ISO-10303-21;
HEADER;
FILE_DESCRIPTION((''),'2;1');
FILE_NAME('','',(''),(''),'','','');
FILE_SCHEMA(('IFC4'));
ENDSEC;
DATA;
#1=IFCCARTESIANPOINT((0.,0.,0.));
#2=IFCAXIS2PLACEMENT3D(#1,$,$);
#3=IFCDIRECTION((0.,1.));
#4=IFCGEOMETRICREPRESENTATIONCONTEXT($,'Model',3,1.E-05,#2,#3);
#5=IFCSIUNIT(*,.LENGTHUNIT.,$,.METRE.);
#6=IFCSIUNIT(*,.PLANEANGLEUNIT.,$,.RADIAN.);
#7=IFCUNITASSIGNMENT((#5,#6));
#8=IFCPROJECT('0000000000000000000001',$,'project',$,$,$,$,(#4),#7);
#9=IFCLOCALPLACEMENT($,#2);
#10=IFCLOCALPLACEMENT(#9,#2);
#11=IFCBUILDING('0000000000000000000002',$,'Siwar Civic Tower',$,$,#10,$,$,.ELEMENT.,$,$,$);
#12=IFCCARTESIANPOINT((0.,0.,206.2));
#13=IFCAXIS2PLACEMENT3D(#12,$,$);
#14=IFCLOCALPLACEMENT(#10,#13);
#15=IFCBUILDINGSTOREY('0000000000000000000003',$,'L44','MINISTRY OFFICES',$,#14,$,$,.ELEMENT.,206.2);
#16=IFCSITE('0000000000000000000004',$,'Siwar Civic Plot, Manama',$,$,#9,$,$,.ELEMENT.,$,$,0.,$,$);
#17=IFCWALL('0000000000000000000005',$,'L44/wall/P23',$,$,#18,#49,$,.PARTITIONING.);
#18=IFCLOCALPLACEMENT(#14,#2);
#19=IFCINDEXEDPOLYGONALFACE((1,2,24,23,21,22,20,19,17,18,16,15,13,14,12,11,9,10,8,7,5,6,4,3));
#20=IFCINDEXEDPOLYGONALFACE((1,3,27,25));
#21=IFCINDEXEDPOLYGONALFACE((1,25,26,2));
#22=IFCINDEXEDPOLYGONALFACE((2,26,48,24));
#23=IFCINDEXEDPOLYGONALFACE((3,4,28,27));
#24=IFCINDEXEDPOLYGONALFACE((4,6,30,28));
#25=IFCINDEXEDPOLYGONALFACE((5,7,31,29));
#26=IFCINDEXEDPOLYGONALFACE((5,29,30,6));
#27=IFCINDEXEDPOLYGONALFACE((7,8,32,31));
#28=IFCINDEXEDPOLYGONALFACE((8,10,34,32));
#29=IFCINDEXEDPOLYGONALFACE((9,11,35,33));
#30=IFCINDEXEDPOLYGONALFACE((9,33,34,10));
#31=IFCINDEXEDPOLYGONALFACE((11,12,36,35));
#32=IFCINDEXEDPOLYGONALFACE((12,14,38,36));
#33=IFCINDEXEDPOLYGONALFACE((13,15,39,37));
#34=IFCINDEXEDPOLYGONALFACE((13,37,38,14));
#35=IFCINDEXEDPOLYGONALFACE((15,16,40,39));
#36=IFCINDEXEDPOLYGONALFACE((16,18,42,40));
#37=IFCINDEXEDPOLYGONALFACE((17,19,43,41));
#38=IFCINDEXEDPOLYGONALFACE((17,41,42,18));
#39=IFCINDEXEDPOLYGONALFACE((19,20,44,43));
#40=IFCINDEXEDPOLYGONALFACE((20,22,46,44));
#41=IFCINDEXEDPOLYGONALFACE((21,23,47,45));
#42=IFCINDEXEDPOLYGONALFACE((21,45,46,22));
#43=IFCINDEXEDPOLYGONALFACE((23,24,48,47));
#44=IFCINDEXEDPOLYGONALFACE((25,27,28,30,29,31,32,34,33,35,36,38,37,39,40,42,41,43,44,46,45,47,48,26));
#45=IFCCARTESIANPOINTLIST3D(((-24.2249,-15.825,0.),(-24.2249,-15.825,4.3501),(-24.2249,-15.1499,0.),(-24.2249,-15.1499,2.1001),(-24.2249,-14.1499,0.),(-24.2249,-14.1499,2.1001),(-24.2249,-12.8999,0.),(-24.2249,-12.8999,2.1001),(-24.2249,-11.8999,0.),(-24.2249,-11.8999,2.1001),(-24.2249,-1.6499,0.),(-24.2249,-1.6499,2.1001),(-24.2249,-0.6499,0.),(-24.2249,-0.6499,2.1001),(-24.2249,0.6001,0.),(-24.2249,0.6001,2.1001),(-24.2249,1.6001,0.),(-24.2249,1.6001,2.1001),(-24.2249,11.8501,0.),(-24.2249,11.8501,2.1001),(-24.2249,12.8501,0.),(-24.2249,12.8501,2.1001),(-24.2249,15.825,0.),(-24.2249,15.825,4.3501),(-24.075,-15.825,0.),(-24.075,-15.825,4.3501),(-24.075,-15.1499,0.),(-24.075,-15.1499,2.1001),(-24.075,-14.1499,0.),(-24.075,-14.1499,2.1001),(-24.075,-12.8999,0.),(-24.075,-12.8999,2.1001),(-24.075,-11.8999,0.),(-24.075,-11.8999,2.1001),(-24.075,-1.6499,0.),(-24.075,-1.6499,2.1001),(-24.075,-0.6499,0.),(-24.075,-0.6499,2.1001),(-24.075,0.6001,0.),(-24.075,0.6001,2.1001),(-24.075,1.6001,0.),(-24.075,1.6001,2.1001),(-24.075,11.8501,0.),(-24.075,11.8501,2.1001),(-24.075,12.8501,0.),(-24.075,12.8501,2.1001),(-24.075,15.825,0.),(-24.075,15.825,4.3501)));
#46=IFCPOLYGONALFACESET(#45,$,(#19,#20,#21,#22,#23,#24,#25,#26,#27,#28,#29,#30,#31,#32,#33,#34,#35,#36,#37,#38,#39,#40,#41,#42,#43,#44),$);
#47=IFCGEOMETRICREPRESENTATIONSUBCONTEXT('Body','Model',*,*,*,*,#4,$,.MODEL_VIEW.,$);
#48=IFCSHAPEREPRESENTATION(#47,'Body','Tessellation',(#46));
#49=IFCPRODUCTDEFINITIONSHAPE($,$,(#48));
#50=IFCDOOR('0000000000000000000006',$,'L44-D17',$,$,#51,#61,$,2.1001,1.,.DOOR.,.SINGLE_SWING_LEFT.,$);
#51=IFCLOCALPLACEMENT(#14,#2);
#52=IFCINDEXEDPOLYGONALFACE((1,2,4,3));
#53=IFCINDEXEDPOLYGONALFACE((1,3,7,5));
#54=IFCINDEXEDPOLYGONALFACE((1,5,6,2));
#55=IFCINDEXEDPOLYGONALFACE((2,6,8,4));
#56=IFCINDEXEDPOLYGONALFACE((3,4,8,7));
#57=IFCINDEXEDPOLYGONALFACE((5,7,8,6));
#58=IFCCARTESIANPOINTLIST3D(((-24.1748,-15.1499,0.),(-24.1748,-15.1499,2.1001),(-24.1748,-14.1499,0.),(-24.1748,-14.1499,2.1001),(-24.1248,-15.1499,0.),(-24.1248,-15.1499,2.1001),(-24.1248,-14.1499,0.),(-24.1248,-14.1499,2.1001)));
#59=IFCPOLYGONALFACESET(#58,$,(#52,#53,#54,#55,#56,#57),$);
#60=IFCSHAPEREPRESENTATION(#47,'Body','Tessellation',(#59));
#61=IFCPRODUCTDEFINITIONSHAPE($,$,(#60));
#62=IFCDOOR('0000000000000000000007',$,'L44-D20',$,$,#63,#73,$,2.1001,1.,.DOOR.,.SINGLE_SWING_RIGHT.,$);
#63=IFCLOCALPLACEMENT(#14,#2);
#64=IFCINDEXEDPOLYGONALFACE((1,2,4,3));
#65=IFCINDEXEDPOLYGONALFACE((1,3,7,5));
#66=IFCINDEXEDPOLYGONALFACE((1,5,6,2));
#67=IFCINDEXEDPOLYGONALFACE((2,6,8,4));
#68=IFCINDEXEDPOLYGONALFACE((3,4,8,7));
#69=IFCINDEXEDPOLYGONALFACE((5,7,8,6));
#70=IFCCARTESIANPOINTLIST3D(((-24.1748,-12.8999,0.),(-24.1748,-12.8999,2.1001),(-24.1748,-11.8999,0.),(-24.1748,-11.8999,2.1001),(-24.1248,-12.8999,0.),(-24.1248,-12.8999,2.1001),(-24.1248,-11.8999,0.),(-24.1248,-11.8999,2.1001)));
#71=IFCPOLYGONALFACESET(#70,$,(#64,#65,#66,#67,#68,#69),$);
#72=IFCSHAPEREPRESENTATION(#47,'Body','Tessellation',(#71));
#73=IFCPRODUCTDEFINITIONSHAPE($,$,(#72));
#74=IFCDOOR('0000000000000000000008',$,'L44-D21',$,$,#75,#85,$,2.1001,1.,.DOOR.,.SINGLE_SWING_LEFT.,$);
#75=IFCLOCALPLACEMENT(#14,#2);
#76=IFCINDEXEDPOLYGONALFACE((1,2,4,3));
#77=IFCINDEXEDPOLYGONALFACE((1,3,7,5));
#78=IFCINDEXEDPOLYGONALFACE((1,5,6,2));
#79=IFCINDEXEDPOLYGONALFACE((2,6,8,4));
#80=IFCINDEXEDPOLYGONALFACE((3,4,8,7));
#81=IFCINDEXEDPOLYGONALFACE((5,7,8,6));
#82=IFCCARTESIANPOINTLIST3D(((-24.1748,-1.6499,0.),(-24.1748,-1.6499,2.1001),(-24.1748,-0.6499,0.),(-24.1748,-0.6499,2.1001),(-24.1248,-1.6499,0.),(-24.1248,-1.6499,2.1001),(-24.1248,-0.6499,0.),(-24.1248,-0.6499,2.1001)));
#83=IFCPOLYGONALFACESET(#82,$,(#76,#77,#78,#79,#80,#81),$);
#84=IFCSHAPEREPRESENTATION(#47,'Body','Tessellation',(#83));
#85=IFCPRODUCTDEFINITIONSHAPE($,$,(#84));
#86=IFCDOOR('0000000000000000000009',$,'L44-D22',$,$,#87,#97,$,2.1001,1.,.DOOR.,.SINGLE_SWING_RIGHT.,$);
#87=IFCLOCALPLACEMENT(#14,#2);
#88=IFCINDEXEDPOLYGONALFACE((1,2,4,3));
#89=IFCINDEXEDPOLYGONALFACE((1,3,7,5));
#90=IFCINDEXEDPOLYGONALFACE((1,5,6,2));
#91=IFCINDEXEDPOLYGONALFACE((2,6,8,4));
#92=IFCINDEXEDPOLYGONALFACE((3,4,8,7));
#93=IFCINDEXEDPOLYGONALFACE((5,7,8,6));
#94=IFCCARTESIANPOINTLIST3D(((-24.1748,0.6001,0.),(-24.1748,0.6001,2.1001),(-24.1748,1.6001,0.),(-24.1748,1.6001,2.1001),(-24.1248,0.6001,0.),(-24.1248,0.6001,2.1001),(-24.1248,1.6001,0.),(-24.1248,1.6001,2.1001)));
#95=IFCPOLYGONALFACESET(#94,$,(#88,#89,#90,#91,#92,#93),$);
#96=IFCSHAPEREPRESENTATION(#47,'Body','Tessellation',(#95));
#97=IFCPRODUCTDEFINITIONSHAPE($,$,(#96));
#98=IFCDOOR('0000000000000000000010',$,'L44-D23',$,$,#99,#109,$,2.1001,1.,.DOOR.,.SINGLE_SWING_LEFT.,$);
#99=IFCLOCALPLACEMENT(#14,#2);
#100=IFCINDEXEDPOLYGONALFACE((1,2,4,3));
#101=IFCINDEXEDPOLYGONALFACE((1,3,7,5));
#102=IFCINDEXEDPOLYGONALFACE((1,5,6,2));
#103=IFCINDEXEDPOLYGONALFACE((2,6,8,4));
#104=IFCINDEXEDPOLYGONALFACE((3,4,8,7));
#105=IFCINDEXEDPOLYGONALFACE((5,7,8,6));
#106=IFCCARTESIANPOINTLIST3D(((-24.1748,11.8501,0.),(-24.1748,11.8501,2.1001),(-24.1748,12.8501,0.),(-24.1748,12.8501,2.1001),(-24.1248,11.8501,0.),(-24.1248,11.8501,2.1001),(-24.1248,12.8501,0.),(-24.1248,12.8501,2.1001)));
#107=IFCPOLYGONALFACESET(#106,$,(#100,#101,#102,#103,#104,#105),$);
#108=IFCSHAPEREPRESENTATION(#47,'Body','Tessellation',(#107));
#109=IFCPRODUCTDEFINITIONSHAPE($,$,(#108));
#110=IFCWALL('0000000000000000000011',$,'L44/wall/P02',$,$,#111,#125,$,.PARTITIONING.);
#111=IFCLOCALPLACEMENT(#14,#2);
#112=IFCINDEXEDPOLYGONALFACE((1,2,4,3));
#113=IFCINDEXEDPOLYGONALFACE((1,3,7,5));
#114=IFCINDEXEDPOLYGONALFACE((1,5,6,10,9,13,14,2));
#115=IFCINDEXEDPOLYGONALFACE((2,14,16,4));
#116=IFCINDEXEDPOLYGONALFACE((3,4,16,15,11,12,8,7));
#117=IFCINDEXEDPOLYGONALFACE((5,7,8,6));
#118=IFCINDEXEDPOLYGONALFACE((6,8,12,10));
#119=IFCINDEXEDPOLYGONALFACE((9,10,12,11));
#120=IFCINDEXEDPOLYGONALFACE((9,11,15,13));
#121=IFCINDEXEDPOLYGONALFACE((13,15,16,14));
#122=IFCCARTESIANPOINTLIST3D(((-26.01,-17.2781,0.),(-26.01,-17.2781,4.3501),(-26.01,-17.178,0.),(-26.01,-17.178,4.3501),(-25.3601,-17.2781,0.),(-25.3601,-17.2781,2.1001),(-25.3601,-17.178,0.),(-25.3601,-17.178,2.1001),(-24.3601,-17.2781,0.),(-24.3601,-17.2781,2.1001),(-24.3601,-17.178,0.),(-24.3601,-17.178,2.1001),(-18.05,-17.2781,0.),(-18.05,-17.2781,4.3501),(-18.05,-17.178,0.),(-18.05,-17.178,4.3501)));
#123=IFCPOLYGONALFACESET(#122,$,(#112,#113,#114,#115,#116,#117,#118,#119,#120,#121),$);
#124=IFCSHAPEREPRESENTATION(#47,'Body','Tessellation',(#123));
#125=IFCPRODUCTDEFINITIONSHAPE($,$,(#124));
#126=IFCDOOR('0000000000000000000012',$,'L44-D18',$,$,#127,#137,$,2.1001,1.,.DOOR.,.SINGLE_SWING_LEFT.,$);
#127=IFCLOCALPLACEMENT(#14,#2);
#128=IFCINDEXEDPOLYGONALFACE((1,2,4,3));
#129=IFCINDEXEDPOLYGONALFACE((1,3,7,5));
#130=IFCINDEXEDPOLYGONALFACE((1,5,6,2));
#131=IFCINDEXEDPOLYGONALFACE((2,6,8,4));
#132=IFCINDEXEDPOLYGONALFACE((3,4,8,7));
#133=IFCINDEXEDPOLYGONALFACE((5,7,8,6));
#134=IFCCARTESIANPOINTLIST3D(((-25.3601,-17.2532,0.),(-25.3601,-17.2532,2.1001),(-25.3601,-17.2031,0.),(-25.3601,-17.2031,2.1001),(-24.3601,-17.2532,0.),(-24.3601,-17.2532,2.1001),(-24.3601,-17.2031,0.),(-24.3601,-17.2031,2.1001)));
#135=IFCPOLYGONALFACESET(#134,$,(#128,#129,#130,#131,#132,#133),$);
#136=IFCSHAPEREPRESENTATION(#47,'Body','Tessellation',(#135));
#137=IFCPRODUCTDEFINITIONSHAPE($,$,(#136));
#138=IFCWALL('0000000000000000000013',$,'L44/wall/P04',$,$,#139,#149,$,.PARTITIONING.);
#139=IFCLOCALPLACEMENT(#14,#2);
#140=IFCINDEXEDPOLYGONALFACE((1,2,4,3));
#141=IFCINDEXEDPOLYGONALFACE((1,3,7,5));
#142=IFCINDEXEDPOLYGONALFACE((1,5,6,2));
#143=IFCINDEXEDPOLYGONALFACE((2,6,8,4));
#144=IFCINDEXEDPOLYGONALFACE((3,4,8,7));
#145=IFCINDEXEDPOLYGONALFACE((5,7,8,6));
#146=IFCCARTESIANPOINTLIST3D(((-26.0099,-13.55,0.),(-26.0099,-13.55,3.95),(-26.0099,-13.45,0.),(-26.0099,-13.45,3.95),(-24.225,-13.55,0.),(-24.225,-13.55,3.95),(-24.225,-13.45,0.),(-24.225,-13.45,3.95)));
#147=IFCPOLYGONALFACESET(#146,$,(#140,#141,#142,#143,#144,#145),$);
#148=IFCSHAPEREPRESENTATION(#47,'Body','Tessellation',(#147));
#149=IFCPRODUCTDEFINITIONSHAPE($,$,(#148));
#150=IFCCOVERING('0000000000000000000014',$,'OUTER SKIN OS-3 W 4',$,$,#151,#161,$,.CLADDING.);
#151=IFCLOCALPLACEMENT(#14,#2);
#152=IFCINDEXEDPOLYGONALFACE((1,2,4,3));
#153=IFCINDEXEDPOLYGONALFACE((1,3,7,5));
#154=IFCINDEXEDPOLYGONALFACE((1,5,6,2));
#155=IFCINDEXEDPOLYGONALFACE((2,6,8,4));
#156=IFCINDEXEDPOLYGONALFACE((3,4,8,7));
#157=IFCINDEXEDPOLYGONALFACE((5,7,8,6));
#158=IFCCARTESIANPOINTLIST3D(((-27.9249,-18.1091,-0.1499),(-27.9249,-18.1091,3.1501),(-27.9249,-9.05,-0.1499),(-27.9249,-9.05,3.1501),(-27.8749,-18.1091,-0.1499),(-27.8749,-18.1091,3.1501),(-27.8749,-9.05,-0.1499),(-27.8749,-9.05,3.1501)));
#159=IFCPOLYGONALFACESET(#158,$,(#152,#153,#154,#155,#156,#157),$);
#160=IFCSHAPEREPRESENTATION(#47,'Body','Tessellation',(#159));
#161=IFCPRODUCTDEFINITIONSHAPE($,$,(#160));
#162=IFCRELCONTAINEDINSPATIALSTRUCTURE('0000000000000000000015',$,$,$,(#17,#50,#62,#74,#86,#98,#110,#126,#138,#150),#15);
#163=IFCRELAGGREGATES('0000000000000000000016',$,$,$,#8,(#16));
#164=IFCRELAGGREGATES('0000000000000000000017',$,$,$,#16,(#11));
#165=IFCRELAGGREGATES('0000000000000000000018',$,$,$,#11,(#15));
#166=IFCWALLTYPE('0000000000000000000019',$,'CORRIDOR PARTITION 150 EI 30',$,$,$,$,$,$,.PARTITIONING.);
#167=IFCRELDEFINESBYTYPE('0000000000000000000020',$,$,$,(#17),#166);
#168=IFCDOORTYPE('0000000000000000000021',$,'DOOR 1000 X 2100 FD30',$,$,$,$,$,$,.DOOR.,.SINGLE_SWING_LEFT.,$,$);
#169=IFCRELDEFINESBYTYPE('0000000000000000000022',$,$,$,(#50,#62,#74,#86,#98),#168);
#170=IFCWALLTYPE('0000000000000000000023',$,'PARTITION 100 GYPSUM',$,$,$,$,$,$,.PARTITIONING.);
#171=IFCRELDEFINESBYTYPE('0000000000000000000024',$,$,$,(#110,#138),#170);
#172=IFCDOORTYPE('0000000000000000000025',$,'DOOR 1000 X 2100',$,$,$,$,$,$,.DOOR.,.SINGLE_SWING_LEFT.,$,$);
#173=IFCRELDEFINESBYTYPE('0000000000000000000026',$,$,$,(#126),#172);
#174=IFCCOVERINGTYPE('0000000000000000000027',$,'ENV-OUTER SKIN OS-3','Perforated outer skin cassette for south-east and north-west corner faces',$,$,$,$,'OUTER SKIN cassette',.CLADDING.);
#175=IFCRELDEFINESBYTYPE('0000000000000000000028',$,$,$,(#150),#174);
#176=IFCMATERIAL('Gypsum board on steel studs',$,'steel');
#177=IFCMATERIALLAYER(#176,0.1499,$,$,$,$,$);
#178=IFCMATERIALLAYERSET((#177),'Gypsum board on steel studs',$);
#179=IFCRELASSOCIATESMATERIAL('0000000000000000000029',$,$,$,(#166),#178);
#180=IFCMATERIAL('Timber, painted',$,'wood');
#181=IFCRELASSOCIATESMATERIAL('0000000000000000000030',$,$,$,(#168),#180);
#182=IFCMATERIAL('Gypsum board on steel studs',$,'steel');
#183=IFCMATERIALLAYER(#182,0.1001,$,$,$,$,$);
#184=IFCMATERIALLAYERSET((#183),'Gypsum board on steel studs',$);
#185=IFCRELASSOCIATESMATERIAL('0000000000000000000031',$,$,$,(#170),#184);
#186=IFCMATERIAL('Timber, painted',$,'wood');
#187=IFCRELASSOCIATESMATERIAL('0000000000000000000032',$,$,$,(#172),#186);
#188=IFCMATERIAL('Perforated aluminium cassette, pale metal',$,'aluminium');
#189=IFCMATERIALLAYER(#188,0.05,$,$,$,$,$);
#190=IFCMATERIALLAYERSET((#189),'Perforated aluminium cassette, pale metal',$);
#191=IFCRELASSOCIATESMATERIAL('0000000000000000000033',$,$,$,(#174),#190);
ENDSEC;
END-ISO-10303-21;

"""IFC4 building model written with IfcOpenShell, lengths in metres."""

from ifc_helpers import new_model, si_unit, direction, frame, frame_2d, origin, origin_2d, place, context, subcontext, project, spatial, rectangle, extrude, material, layer, layer_set, type_object, element, fill, save


model = new_model("IFC4")

# Units and contexts
model_context = context("Model", 3, precision=1e-05, world=origin(), true_north=direction((0.0, 1.0)))
body_context = subcontext(model_context, "Body", "Model", "MODEL_VIEW")
ifc_project = project(units=[si_unit("LENGTHUNIT", "METRE"), si_unit("PLANEANGLEUNIT", "RADIAN")], contexts=[model_context])

# Site, building, storey
site_placement = place(None, origin())
site = spatial("IfcSite", under=ifc_project, at=site_placement, Name="Siwar Civic Plot, Manama", CompositionType="ELEMENT", RefElevation=0.0)
building_placement = place(site_placement, origin())
building = spatial("IfcBuilding", under=site, at=building_placement, Name="Siwar Civic Tower", CompositionType="ELEMENT")
storey_placement = place(building_placement, frame((0.0, 0.0, 206.2)))
storey = spatial("IfcBuildingStorey", under=building, at=storey_placement, Name="L44", Description="MINISTRY OFFICES", CompositionType="ELEMENT", Elevation=206.2)

# Wall, openings, doors
ifc_material_1 = material(Name="Gypsum board on steel studs", Category="steel")
ifc_layer_1 = layer(ifc_material_1, 0.1499)
ifc_layer_set_1 = layer_set([ifc_layer_1], Name="Gypsum board on steel studs")
wall_type_1 = type_object("IfcWallType", Name="CORRIDOR PARTITION 150 EI 30", PredefinedType="PARTITIONING", material=ifc_layer_set_1)
ifc_material_2 = material(Name="Timber, painted", Category="wood")
door_type_1 = type_object("IfcDoorType", Name="DOOR 1000 X 2100 FD30", OperationType="SINGLE_SWING_LEFT", PredefinedType="DOOR", material=ifc_material_2)
wall_1_placement = place(storey_placement, frame((-24.1499, -15.825, 0.0), z_axis=(0.0, 0.0, 1.0), x_axis=(0.0, 1.0, 0.0)))
wall_1 = element("IfcWall", 1, at=wall_1_placement, inside=storey, type_object=wall_type_1, Name="L44/wall/P23", PredefinedType="PARTITIONING", context=body_context, shape_type="SweptSolid", body=[
    extrude(rectangle(XDim=31.6499, YDim=0.1499, at=frame_2d((15.825, 0.0))), origin(), (0.0, 0.0, 1.0), 4.3501),
])
opening_1_placement = place(wall_1_placement, frame((0.675, 0.0, 0.0)))
opening_1 = element("IfcOpeningElement", 2, at=opening_1_placement, cuts=wall_1, PredefinedType="OPENING", context=body_context, shape_type="SweptSolid", body=[
    extrude(rectangle(XDim=1.0, YDim=2.1001, at=frame_2d((0.5, 1.05))), frame((0.0, 0.085, 0.0), z_axis=(0.0, -1.0, 0.0), x_axis=(1.0, 0.0, 0.0)), (0.0, 0.0, 1.0), 0.1699),
])
opening_2_placement = place(wall_1_placement, frame((2.925, 0.0, 0.0)))
opening_2 = element("IfcOpeningElement", 3, at=opening_2_placement, cuts=wall_1, PredefinedType="OPENING", context=body_context, shape_type="SweptSolid", body=[
    extrude(rectangle(XDim=1.0, YDim=2.1001, at=frame_2d((0.5, 1.05))), frame((0.0, 0.085, 0.0), z_axis=(0.0, -1.0, 0.0), x_axis=(1.0, 0.0, 0.0)), (0.0, 0.0, 1.0), 0.1699),
])
opening_3_placement = place(wall_1_placement, frame((14.175, 0.0, 0.0)))
opening_3 = element("IfcOpeningElement", 4, at=opening_3_placement, cuts=wall_1, PredefinedType="OPENING", context=body_context, shape_type="SweptSolid", body=[
    extrude(rectangle(XDim=1.0, YDim=2.1001, at=frame_2d((0.5, 1.05))), frame((0.0, 0.085, 0.0), z_axis=(0.0, -1.0, 0.0), x_axis=(1.0, 0.0, 0.0)), (0.0, 0.0, 1.0), 0.1699),
])
opening_4_placement = place(wall_1_placement, frame((16.425, 0.0, 0.0)))
opening_4 = element("IfcOpeningElement", 5, at=opening_4_placement, cuts=wall_1, PredefinedType="OPENING", context=body_context, shape_type="SweptSolid", body=[
    extrude(rectangle(XDim=1.0, YDim=2.1001, at=frame_2d((0.5, 1.05))), frame((0.0, 0.085, 0.0), z_axis=(0.0, -1.0, 0.0), x_axis=(1.0, 0.0, 0.0)), (0.0, 0.0, 1.0), 0.1699),
])
opening_5_placement = place(wall_1_placement, frame((27.675, 0.0, 0.0)))
opening_5 = element("IfcOpeningElement", 6, at=opening_5_placement, cuts=wall_1, PredefinedType="OPENING", context=body_context, shape_type="SweptSolid", body=[
    extrude(rectangle(XDim=1.0, YDim=2.1001, at=frame_2d((0.5, 1.05))), frame((0.0, 0.085, 0.0), z_axis=(0.0, -1.0, 0.0), x_axis=(1.0, 0.0, 0.0)), (0.0, 0.0, 1.0), 0.1699),
])
door_1_placement = place(opening_1_placement, origin())
door_1 = element("IfcDoor", 7, at=door_1_placement, inside=storey, type_object=door_type_1, Name="L44-D17", OperationType="SINGLE_SWING_LEFT", OverallHeight=2.1001, OverallWidth=1.0, PredefinedType="DOOR", context=body_context, shape_type="SweptSolid", body=[
    extrude(rectangle(XDim=1.0, YDim=2.1001, at=frame_2d((0.5, 1.05))), frame((0.0, 0.0249, 0.0), z_axis=(0.0, -1.0, 0.0), x_axis=(1.0, 0.0, 0.0)), (0.0, 0.0, 1.0), 0.05),
])
fill(opening_1, door_1)
door_2_placement = place(opening_2_placement, origin())
door_2 = element("IfcDoor", 8, at=door_2_placement, inside=storey, type_object=door_type_1, Name="L44-D20", OperationType="SINGLE_SWING_RIGHT", OverallHeight=2.1001, OverallWidth=1.0, PredefinedType="DOOR", context=body_context, shape_type="SweptSolid", body=[
    extrude(rectangle(XDim=1.0, YDim=2.1001, at=frame_2d((0.5, 1.05))), frame((0.0, 0.0249, 0.0), z_axis=(0.0, -1.0, 0.0), x_axis=(1.0, 0.0, 0.0)), (0.0, 0.0, 1.0), 0.05),
])
fill(opening_2, door_2)
door_3_placement = place(opening_3_placement, origin())
door_3 = element("IfcDoor", 9, at=door_3_placement, inside=storey, type_object=door_type_1, Name="L44-D21", OperationType="SINGLE_SWING_LEFT", OverallHeight=2.1001, OverallWidth=1.0, PredefinedType="DOOR", context=body_context, shape_type="SweptSolid", body=[
    extrude(rectangle(XDim=1.0, YDim=2.1001, at=frame_2d((0.5, 1.05))), frame((0.0, 0.0249, 0.0), z_axis=(0.0, -1.0, 0.0), x_axis=(1.0, 0.0, 0.0)), (0.0, 0.0, 1.0), 0.05),
])
fill(opening_3, door_3)
door_4_placement = place(opening_4_placement, origin())
door_4 = element("IfcDoor", 10, at=door_4_placement, inside=storey, type_object=door_type_1, Name="L44-D22", OperationType="SINGLE_SWING_RIGHT", OverallHeight=2.1001, OverallWidth=1.0, PredefinedType="DOOR", context=body_context, shape_type="SweptSolid", body=[
    extrude(rectangle(XDim=1.0, YDim=2.1001, at=frame_2d((0.5, 1.05))), frame((0.0, 0.0249, 0.0), z_axis=(0.0, -1.0, 0.0), x_axis=(1.0, 0.0, 0.0)), (0.0, 0.0, 1.0), 0.05),
])
fill(opening_4, door_4)
door_5_placement = place(opening_5_placement, origin())
door_5 = element("IfcDoor", 11, at=door_5_placement, inside=storey, type_object=door_type_1, Name="L44-D23", OperationType="SINGLE_SWING_LEFT", OverallHeight=2.1001, OverallWidth=1.0, PredefinedType="DOOR", context=body_context, shape_type="SweptSolid", body=[
    extrude(rectangle(XDim=1.0, YDim=2.1001, at=frame_2d((0.5, 1.05))), frame((0.0, 0.0249, 0.0), z_axis=(0.0, -1.0, 0.0), x_axis=(1.0, 0.0, 0.0)), (0.0, 0.0, 1.0), 0.05),
])
fill(opening_5, door_5)

# Wall, opening, door
ifc_material_3 = material(Name="Gypsum board on steel studs", Category="steel")
ifc_layer_2 = layer(ifc_material_3, 0.1001)
ifc_layer_set_2 = layer_set([ifc_layer_2], Name="Gypsum board on steel studs")
wall_type_2 = type_object("IfcWallType", Name="PARTITION 100 GYPSUM", PredefinedType="PARTITIONING", material=ifc_layer_set_2)
wall_2_placement = place(storey_placement, frame((-26.01, -17.228, 0.0), z_axis=(0.0, 0.0, 1.0), x_axis=(1.0, 0.0, 0.0)))
wall_2 = element("IfcWall", 12, at=wall_2_placement, inside=storey, type_object=wall_type_2, Name="L44/wall/P02", PredefinedType="PARTITIONING", context=body_context, shape_type="SweptSolid", body=[
    extrude(rectangle(XDim=7.96, YDim=0.1001, at=frame_2d((3.98, 0.0))), origin(), (0.0, 0.0, 1.0), 4.3501),
])
opening_6_placement = place(wall_2_placement, frame((0.6499, 0.0, 0.0)))
opening_6 = element("IfcOpeningElement", 13, at=opening_6_placement, cuts=wall_2, PredefinedType="OPENING", context=body_context, shape_type="SweptSolid", body=[
    extrude(rectangle(XDim=1.0, YDim=2.1001, at=frame_2d((0.5, 1.05))), frame((0.0, 0.0601, 0.0), z_axis=(0.0, -1.0, 0.0), x_axis=(1.0, 0.0, 0.0)), (0.0, 0.0, 1.0), 0.1201),
])
ifc_material_4 = material(Name="Timber, painted", Category="wood")
door_type_2 = type_object("IfcDoorType", Name="DOOR 1000 X 2100", OperationType="SINGLE_SWING_LEFT", PredefinedType="DOOR", material=ifc_material_4)
door_6_placement = place(opening_6_placement, origin())
door_6 = element("IfcDoor", 14, at=door_6_placement, inside=storey, type_object=door_type_2, Name="L44-D18", OperationType="SINGLE_SWING_LEFT", OverallHeight=2.1001, OverallWidth=1.0, PredefinedType="DOOR", context=body_context, shape_type="SweptSolid", body=[
    extrude(rectangle(XDim=1.0, YDim=2.1001, at=frame_2d((0.5, 1.05))), frame((0.0, 0.0249, 0.0), z_axis=(0.0, -1.0, 0.0), x_axis=(1.0, 0.0, 0.0)), (0.0, 0.0, 1.0), 0.05),
])
fill(opening_6, door_6)

# Wall
wall_3_placement = place(storey_placement, frame((-26.01, -13.5, 0.0), z_axis=(0.0, 0.0, 1.0), x_axis=(1.0, 0.0, 0.0)))
element("IfcWall", 15, at=wall_3_placement, inside=storey, type_object=wall_type_2, Name="L44/wall/P04", PredefinedType="PARTITIONING", context=body_context, shape_type="SweptSolid", body=[
    extrude(rectangle(XDim=1.7849, YDim=0.1001, at=frame_2d((0.8926, 0.0))), origin(), (0.0, 0.0, 1.0), 3.95),
])

# Covering
ifc_material_5 = material(Name="Perforated aluminium cassette, pale metal", Category="aluminium")
ifc_layer_3 = layer(ifc_material_5, 0.05)
ifc_layer_set_3 = layer_set([ifc_layer_3], Name="Perforated aluminium cassette, pale metal")
covering_type = type_object("IfcCoveringType", Name="ENV-OUTER SKIN OS-3", Description="Perforated outer skin cassette for south-east and north-west corner faces", ElementType="OUTER SKIN cassette", PredefinedType="CLADDING", material=ifc_layer_set_3)
covering_placement = place(storey_placement, frame((-27.8999, -13.5796, -0.1499), z_axis=(0.0, 0.0, 1.0), x_axis=(0.0, -1.0, 0.0)))
element("IfcCovering", 16, at=covering_placement, inside=storey, type_object=covering_type, Name="OUTER SKIN OS-3 W 4", PredefinedType="CLADDING", context=body_context, shape_type="SweptSolid", body=[
    extrude(rectangle(XDim=9.0591, YDim=0.05, at=origin_2d()), origin(), (0.0, 0.0, 1.0), 3.3),
])

save(model, "model.ifc")
